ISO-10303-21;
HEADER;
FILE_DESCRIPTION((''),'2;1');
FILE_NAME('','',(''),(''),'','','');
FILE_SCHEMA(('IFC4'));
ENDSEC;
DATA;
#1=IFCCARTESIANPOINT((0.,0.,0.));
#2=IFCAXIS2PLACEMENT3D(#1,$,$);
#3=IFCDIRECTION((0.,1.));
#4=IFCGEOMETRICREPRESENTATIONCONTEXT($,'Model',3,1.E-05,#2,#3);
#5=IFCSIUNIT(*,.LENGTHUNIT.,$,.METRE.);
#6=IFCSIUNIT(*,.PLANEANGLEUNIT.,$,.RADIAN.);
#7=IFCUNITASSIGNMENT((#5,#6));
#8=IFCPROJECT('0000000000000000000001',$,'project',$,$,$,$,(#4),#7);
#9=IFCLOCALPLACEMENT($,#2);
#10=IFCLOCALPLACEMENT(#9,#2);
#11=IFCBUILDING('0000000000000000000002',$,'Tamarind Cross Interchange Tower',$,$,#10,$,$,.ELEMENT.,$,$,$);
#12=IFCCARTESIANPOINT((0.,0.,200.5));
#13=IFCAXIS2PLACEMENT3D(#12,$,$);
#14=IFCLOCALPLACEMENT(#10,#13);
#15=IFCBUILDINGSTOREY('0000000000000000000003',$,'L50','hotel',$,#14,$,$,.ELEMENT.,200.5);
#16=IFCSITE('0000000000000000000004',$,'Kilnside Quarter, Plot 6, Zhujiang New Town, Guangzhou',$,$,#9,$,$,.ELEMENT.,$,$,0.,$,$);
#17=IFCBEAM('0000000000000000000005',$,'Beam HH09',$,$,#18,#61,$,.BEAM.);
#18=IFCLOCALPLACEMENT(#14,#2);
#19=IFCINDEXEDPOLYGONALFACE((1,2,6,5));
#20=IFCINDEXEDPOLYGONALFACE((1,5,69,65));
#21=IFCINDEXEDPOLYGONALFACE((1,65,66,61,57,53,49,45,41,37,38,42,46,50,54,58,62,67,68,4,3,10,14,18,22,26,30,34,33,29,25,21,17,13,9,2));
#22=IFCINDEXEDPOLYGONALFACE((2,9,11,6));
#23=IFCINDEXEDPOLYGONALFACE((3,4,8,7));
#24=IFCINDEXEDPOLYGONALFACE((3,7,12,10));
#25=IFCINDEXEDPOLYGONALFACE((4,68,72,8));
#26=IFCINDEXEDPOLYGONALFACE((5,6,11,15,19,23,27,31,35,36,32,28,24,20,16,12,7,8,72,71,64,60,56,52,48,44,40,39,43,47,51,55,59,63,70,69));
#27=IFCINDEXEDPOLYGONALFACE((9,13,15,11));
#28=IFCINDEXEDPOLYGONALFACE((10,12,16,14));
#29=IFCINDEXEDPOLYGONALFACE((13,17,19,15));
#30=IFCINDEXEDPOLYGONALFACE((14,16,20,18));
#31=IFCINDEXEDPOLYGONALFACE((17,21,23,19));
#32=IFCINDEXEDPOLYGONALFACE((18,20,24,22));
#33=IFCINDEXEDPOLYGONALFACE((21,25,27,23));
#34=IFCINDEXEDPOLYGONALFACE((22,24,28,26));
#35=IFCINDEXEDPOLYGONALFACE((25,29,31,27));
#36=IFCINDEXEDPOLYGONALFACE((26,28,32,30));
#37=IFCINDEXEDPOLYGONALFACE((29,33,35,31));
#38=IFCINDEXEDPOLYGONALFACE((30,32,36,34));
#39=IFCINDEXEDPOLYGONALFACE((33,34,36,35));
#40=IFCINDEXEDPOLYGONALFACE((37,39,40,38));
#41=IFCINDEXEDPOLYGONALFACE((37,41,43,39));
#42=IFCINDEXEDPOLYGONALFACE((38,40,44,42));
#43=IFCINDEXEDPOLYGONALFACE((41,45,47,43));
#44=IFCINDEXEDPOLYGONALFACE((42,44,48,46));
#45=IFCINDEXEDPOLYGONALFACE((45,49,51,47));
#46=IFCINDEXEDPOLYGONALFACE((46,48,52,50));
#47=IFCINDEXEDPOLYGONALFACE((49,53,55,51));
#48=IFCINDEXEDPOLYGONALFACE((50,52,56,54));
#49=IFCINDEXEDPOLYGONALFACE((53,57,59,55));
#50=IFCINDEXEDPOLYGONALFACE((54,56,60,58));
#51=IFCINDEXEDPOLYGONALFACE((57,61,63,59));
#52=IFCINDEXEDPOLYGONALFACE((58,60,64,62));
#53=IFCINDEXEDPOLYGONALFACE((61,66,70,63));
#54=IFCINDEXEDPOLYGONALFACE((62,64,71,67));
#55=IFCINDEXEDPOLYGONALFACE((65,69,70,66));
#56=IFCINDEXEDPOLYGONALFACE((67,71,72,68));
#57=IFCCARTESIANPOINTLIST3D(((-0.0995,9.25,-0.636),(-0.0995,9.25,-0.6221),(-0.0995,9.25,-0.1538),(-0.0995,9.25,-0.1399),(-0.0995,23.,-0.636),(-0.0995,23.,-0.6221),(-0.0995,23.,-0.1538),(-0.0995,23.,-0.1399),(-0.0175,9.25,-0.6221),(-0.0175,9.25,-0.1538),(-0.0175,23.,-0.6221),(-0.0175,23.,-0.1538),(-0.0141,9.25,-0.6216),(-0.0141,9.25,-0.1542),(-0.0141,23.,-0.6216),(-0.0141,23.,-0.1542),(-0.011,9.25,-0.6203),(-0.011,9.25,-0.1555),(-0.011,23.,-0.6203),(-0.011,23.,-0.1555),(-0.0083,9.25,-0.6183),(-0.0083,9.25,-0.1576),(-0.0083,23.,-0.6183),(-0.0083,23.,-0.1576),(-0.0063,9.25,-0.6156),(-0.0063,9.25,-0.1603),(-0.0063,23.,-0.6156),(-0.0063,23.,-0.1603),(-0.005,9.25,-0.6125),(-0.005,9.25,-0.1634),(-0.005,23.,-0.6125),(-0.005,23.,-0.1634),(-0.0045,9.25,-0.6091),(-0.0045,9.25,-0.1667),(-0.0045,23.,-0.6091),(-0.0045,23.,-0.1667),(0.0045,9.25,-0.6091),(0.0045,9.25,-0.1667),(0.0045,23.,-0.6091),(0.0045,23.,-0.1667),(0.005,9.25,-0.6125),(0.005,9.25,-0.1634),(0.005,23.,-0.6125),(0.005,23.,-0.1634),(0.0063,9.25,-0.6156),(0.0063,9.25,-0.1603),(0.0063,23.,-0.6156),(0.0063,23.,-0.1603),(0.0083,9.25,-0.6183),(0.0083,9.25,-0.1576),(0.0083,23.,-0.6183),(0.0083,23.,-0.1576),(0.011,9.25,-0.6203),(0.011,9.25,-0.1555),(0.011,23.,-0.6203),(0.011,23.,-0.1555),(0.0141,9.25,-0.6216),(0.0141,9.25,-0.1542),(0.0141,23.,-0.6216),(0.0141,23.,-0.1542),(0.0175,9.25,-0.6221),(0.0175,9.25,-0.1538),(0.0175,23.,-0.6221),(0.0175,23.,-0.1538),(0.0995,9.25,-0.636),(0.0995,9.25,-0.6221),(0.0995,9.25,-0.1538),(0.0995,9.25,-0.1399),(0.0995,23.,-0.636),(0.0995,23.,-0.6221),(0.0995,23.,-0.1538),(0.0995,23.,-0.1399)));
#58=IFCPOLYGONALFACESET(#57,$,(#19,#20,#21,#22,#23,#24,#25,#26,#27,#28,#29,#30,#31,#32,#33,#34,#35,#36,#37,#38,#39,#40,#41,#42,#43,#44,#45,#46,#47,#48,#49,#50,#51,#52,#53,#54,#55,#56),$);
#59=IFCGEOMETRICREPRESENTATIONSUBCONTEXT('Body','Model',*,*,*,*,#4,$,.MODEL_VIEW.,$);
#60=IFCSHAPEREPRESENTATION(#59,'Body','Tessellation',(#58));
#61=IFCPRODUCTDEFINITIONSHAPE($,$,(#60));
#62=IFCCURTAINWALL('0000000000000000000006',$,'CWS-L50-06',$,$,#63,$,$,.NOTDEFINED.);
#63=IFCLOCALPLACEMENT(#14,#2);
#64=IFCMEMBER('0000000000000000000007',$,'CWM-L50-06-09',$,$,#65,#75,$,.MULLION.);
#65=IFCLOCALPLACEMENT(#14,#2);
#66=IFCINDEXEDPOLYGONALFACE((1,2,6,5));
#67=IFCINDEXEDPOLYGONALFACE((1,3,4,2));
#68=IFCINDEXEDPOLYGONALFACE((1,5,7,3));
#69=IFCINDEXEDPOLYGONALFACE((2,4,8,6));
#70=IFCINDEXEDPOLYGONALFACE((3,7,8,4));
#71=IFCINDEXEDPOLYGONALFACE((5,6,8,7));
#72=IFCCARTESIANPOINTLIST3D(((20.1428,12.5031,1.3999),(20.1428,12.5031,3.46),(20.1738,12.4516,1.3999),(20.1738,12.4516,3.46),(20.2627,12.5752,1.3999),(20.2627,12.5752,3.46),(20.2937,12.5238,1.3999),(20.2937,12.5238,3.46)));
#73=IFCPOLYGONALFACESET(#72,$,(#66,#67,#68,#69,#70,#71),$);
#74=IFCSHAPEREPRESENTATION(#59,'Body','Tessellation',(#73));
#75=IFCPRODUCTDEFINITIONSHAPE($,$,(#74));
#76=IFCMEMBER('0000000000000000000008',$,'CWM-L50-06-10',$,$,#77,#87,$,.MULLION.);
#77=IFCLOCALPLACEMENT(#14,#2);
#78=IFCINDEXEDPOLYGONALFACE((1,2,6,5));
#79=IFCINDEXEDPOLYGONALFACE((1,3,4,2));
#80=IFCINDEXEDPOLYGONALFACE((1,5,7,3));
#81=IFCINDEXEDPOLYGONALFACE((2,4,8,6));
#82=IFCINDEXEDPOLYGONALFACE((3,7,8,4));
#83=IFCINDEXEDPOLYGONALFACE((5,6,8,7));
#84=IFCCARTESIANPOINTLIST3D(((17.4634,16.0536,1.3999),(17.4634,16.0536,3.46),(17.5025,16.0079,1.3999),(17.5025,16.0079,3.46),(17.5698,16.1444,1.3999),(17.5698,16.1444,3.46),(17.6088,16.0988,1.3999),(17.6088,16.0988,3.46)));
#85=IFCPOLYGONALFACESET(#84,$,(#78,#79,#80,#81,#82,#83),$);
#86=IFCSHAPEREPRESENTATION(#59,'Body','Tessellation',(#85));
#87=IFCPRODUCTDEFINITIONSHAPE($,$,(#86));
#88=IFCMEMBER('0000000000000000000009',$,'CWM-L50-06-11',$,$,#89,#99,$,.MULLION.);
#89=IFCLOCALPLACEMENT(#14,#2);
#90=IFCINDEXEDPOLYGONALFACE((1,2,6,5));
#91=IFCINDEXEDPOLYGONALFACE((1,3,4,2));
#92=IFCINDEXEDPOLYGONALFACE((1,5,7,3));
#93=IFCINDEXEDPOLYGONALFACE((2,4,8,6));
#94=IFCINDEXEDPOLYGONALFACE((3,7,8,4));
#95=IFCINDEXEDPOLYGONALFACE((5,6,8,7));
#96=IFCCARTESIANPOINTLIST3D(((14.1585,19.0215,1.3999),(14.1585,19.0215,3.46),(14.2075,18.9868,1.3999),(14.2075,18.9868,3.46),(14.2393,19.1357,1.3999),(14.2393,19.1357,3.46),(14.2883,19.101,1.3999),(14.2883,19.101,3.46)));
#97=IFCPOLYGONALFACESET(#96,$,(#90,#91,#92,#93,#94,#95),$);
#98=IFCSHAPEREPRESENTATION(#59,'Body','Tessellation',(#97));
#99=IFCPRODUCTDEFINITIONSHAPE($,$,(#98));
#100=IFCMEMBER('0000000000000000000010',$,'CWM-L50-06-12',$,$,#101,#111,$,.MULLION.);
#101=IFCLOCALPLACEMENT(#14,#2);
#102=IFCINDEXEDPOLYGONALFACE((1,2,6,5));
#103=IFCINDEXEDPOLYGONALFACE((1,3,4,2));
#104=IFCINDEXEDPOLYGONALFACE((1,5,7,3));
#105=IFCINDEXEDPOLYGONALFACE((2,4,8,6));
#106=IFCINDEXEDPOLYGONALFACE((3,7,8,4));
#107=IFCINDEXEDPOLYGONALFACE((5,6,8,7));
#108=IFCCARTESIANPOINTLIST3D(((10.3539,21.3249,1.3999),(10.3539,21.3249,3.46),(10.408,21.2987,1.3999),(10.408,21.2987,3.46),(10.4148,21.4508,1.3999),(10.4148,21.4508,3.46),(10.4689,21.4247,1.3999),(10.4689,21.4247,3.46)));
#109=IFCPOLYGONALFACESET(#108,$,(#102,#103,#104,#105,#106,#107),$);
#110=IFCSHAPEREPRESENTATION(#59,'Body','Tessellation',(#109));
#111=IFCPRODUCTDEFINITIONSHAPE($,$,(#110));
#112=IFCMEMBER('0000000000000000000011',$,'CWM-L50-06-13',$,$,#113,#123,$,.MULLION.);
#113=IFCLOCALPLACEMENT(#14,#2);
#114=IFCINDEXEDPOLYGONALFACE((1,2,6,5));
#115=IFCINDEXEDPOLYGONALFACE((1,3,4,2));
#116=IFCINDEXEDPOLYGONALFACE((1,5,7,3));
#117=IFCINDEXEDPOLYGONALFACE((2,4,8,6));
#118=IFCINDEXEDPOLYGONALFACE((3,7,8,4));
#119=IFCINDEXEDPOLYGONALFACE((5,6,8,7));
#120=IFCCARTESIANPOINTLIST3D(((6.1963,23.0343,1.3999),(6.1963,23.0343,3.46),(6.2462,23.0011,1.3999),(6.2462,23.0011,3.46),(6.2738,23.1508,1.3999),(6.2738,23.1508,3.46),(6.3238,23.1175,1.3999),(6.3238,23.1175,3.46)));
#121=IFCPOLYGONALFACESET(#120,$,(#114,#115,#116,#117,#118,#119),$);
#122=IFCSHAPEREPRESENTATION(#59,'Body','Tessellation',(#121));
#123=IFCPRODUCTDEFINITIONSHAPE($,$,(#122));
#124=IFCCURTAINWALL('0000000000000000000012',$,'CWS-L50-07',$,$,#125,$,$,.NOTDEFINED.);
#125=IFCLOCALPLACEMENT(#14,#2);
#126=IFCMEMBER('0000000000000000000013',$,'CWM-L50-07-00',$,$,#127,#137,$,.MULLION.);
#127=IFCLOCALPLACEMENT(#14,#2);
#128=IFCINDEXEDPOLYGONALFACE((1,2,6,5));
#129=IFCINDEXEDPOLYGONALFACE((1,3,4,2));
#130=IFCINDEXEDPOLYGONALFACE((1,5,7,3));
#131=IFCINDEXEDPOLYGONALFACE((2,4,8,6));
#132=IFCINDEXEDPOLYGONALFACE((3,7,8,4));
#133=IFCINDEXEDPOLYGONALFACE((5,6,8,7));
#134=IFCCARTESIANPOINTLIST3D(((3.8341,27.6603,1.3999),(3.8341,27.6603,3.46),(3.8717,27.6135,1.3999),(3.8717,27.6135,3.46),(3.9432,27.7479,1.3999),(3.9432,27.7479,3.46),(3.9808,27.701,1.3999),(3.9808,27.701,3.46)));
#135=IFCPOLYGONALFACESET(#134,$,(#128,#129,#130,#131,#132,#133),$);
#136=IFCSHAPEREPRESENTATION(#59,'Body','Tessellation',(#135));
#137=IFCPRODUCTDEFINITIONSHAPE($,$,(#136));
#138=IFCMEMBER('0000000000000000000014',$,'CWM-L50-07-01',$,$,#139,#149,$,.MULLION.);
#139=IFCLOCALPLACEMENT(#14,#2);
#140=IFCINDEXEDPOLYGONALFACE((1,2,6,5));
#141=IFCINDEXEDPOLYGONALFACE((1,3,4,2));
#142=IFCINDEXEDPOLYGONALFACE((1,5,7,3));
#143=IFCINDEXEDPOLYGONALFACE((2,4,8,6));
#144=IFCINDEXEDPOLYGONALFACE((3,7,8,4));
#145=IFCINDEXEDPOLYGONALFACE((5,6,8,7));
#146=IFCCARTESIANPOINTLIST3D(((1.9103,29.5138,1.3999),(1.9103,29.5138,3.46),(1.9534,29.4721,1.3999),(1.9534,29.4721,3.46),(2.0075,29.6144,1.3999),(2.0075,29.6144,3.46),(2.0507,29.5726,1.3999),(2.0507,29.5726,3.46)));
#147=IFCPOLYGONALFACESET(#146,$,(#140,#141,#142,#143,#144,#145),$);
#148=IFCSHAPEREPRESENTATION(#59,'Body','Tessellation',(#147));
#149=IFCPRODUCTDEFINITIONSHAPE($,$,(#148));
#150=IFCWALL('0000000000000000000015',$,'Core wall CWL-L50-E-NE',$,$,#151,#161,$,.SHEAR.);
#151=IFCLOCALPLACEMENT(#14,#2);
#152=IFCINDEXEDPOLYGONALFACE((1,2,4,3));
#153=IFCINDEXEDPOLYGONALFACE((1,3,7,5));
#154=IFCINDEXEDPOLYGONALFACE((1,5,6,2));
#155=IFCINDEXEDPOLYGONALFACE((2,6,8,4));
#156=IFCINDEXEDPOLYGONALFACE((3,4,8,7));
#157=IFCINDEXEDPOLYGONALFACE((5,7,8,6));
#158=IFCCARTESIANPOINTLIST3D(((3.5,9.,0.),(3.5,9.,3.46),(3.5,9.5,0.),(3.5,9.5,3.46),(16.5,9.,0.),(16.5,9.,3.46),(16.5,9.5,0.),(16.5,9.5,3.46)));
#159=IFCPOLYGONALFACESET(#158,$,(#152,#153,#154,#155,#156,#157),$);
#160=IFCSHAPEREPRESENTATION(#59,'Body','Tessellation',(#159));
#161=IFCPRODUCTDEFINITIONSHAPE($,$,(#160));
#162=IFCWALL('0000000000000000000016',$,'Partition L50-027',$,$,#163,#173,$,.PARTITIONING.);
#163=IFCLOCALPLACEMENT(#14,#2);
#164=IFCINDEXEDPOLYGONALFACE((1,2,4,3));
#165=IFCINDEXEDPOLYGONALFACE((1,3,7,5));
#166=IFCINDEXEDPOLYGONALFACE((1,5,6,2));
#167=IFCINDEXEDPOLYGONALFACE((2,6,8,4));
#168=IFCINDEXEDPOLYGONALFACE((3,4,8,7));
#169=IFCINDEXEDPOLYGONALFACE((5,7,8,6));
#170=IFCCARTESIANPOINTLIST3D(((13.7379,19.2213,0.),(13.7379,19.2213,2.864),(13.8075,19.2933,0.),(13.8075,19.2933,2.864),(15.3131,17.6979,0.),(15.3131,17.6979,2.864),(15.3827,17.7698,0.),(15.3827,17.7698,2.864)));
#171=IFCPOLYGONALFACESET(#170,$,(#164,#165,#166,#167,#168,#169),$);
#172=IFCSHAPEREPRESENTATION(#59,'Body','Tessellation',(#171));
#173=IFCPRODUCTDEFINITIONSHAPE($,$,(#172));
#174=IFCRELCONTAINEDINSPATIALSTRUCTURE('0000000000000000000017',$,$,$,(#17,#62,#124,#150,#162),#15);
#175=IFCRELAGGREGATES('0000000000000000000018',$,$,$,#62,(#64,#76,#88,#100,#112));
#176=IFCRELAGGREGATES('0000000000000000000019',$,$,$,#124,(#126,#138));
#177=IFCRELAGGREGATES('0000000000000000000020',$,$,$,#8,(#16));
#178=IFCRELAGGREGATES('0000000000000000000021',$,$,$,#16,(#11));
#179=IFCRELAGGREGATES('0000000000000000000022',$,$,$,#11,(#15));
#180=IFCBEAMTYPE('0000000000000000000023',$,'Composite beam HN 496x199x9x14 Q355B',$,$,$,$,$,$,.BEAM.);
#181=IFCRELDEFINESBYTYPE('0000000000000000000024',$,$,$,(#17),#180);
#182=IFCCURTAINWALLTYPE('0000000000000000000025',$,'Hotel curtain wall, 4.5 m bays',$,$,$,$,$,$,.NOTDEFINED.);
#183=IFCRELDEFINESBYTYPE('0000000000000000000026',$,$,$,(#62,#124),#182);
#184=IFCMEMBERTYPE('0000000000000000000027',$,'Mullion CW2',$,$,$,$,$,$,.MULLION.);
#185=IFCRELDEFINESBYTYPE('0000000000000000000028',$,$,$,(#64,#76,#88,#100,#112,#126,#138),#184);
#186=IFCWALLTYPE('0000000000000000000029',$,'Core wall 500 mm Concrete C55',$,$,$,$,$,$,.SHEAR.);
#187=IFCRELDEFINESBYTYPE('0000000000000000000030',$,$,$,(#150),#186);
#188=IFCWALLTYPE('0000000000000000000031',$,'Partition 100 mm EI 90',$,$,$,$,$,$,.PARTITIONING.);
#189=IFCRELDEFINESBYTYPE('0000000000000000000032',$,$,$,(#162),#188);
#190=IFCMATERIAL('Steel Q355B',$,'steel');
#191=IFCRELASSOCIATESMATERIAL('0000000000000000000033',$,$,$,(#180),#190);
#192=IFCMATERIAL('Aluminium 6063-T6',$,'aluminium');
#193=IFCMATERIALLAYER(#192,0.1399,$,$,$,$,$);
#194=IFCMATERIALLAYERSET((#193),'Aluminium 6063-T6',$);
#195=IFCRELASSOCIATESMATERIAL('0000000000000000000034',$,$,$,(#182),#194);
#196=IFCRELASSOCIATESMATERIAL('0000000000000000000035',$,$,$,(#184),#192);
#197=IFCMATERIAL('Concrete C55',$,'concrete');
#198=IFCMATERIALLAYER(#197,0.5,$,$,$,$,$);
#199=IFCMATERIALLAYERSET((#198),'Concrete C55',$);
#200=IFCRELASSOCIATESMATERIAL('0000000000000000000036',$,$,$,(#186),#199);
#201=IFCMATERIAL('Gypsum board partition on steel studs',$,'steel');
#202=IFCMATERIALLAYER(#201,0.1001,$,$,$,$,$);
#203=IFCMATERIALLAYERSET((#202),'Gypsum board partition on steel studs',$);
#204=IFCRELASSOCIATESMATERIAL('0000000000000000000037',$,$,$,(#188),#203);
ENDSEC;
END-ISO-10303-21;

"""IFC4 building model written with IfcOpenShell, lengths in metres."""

from ifc_helpers import new_model, si_unit, direction, frame, frame_2d, origin, origin_2d, place, context, subcontext, project, spatial, rectangle, i_section, extrude, material, layer, layer_set, material_profile, profile_set, type_object, element, aggregate, save


model = new_model("IFC4")

# Units and contexts
model_context = context("Model", 3, precision=1e-05, world=origin(), true_north=direction((0.0, 1.0)))
body_context = subcontext(model_context, "Body", "Model", "MODEL_VIEW")
ifc_project = project(units=[si_unit("LENGTHUNIT", "METRE"), si_unit("PLANEANGLEUNIT", "RADIAN")], contexts=[model_context])

# Site, building, storey
site_placement = place(None, origin())
site = spatial("IfcSite", under=ifc_project, at=site_placement, Name="Kilnside Quarter, Plot 6, Zhujiang New Town, Guangzhou", CompositionType="ELEMENT", RefElevation=0.0)
building_placement = place(site_placement, origin())
building = spatial("IfcBuilding", under=site, at=building_placement, Name="Tamarind Cross Interchange Tower", CompositionType="ELEMENT")
storey_placement = place(building_placement, frame((0.0, 0.0, 200.5)))
storey = spatial("IfcBuildingStorey", under=building, at=storey_placement, Name="L50", Description="hotel", CompositionType="ELEMENT", Elevation=200.5)

# Shared definitions
ifc_material_1 = material(Name="Concrete C55", Category="concrete")

# Beam
ifc_material_2 = material(Name="Steel Q355B", Category="steel")
ifc_material_profile_1 = material_profile(ifc_material_2, i_section(OverallWidth=0.199, OverallDepth=0.4961, WebThickness=0.009, FlangeThickness=0.0139, FilletRadius=0.0129, at=origin_2d()), Name="HN 496x199x9x14")
ifc_profile_set_1 = profile_set([ifc_material_profile_1], Name="Steel Q355B")
beam_type = type_object("IfcBeamType", Name="Composite beam HN 496x199x9x14 Q355B", PredefinedType="BEAM", material=ifc_profile_set_1)
beam_1_placement = place(storey_placement, frame((0.0, 23.0, -0.3879), z_axis=(0.0, -1.0, 0.0), x_axis=(1.0, 0.0, 0.0)))
element("IfcBeam", 1, at=beam_1_placement, inside=storey, type_object=beam_type, Name="Beam HH09", PredefinedType="BEAM", context=body_context, shape_type="SweptSolid", body=[
    extrude(i_section(OverallWidth=0.199, OverallDepth=0.4961, WebThickness=0.009, FlangeThickness=0.0139, FilletRadius=0.0129, at=origin_2d()), origin(), (0.0, 0.0, 1.0), 13.75),
])

# Curtain walls, members
ifc_material_3 = material(Name="Aluminium 6063-T6", Category="aluminium")
ifc_layer_1 = layer(ifc_material_3, 0.1399)
ifc_layer_set_1 = layer_set([ifc_layer_1], Name="Aluminium 6063-T6")
curtain_wall_type = type_object("IfcCurtainWallType", Name="Hotel curtain wall, 4.5 m bays", PredefinedType="NOTDEFINED", material=ifc_layer_set_1)
curtain_wall_1_placement = place(storey_placement, origin())
curtain_wall_1 = element("IfcCurtainWall", 2, at=curtain_wall_1_placement, inside=storey, type_object=curtain_wall_type, Name="CWS-L50-06", PredefinedType="NOTDEFINED")
ifc_material_profile_2 = material_profile(ifc_material_3, rectangle(XDim=0.0601, YDim=0.1399, at=origin_2d()), Name="Mullion CW2")
ifc_profile_set_2 = profile_set([ifc_material_profile_2], Name="Aluminium 6063-T6")
member_type = type_object("IfcMemberType", Name="Mullion CW2", PredefinedType="MULLION", material=ifc_profile_set_2)
member_1_placement = place(storey_placement, frame((20.2183, 12.5134, 1.3999), z_axis=(0.0, 0.0, 1.0), x_axis=(-0.515577, 0.856843, 0.0)))
member_1 = element("IfcMember", 3, at=member_1_placement, type_object=member_type, Name="CWM-L50-06-09", PredefinedType="MULLION", context=body_context, shape_type="SweptSolid", body=[
    extrude(rectangle(XDim=0.0601, YDim=0.1399, at=origin_2d()), origin(), (0.0, 0.0, 1.0), 2.0601),
])
member_2_placement = place(storey_placement, frame((17.5361, 16.0762, 1.3999), z_axis=(0.0, 0.0, 1.0), x_axis=(-0.649577, 0.760296, 0.0)))
member_2 = element("IfcMember", 4, at=member_2_placement, type_object=member_type, Name="CWM-L50-06-10", PredefinedType="MULLION", context=body_context, shape_type="SweptSolid", body=[
    extrude(rectangle(XDim=0.0601, YDim=0.1399, at=origin_2d()), origin(), (0.0, 0.0, 1.0), 2.0601),
])
member_3_placement = place(storey_placement, frame((14.2234, 19.0613, 1.3999), z_axis=(0.0, 0.0, 1.0), x_axis=(-0.816342, 0.577569, 0.0)))
member_3 = element("IfcMember", 5, at=member_3_placement, type_object=member_type, Name="CWM-L50-06-11", PredefinedType="MULLION", context=body_context, shape_type="SweptSolid", body=[
    extrude(rectangle(XDim=0.0601, YDim=0.1399, at=origin_2d()), origin(), (0.0, 0.0, 1.0), 2.0601),
])
member_4_placement = place(storey_placement, frame((10.4114, 21.3748, 1.3999), z_axis=(0.0, 0.0, 1.0), x_axis=(-0.900273, 0.435326, 0.0)))
member_4 = element("IfcMember", 6, at=member_4_placement, type_object=member_type, Name="CWM-L50-06-12", PredefinedType="MULLION", context=body_context, shape_type="SweptSolid", body=[
    extrude(rectangle(XDim=0.0601, YDim=0.1399, at=origin_2d()), origin(), (0.0, 0.0, 1.0), 2.0601),
])
member_5_placement = place(storey_placement, frame((6.26, 23.0759, 1.3999), z_axis=(0.0, 0.0, 1.0), x_axis=(-0.8324, 0.554175, 0.0)))
member_5 = element("IfcMember", 7, at=member_5_placement, type_object=member_type, Name="CWM-L50-06-13", PredefinedType="MULLION", context=body_context, shape_type="SweptSolid", body=[
    extrude(rectangle(XDim=0.0601, YDim=0.1399, at=origin_2d()), origin(), (0.0, 0.0, 1.0), 2.0601),
])
aggregate(curtain_wall_1, [member_1, member_2, member_3, member_4, member_5])
curtain_wall_2_placement = place(storey_placement, origin())
curtain_wall_2 = element("IfcCurtainWall", 8, at=curtain_wall_2_placement, inside=storey, type_object=curtain_wall_type, Name="CWS-L50-07", PredefinedType="NOTDEFINED")
member_6_placement = place(storey_placement, frame((3.9075, 27.6807, 1.3999), z_axis=(0.0, 0.0, 1.0), x_axis=(-0.625659, 0.780097, 0.0)))
member_6 = element("IfcMember", 9, at=member_6_placement, type_object=member_type, Name="CWM-L50-07-00", PredefinedType="MULLION", context=body_context, shape_type="SweptSolid", body=[
    extrude(rectangle(XDim=0.0601, YDim=0.1399, at=origin_2d()), origin(), (0.0, 0.0, 1.0), 2.0601),
])
member_7_placement = place(storey_placement, frame((1.9805, 29.5432, 1.3999), z_axis=(0.0, 0.0, 1.0), x_axis=(-0.718991, 0.69502, 0.0)))
member_7 = element("IfcMember", 10, at=member_7_placement, type_object=member_type, Name="CWM-L50-07-01", PredefinedType="MULLION", context=body_context, shape_type="SweptSolid", body=[
    extrude(rectangle(XDim=0.0601, YDim=0.1399, at=origin_2d()), origin(), (0.0, 0.0, 1.0), 2.0601),
])
aggregate(curtain_wall_2, [member_6, member_7])

# Walls
ifc_layer_2 = layer(ifc_material_1, 0.5)
ifc_layer_set_2 = layer_set([ifc_layer_2], Name="Concrete C55")
wall_type_1 = type_object("IfcWallType", Name="Core wall 500 mm Concrete C55", PredefinedType="SHEAR", material=ifc_layer_set_2)
wall_1_placement = place(storey_placement, frame((16.5, 9.25, 0.0), z_axis=(0.0, 0.0, 1.0), x_axis=(-1.0, 0.0, 0.0)))
element("IfcWall", 11, at=wall_1_placement, inside=storey, type_object=wall_type_1, Name="Core wall CWL-L50-E-NE", PredefinedType="SHEAR", context=body_context, shape_type="SweptSolid", body=[
    extrude(rectangle(XDim=13.0, YDim=0.5, at=frame_2d((6.5, 0.0))), origin(), (0.0, 0.0, 1.0), 3.46),
])
ifc_material_4 = material(Name="Gypsum board partition on steel studs", Category="steel")
ifc_layer_3 = layer(ifc_material_4, 0.1001)
ifc_layer_set_3 = layer_set([ifc_layer_3], Name="Gypsum board partition on steel studs")
wall_type_2 = type_object("IfcWallType", Name="Partition 100 mm EI 90", PredefinedType="PARTITIONING", material=ifc_layer_set_3)
wall_2_placement = place(storey_placement, frame((13.7727, 19.2573, 0.0), z_axis=(0.0, 0.0, 1.0), x_axis=(0.718818, -0.695199, 0.0)))
element("IfcWall", 12, at=wall_2_placement, inside=storey, type_object=wall_type_2, Name="Partition L50-027", PredefinedType="PARTITIONING", context=body_context, shape_type="SweptSolid", body=[
    extrude(rectangle(XDim=2.1914, YDim=0.1001, at=frame_2d((1.0957, 0.0))), origin(), (0.0, 0.0, 1.0), 2.864),
])

save(model, "model.ifc")
